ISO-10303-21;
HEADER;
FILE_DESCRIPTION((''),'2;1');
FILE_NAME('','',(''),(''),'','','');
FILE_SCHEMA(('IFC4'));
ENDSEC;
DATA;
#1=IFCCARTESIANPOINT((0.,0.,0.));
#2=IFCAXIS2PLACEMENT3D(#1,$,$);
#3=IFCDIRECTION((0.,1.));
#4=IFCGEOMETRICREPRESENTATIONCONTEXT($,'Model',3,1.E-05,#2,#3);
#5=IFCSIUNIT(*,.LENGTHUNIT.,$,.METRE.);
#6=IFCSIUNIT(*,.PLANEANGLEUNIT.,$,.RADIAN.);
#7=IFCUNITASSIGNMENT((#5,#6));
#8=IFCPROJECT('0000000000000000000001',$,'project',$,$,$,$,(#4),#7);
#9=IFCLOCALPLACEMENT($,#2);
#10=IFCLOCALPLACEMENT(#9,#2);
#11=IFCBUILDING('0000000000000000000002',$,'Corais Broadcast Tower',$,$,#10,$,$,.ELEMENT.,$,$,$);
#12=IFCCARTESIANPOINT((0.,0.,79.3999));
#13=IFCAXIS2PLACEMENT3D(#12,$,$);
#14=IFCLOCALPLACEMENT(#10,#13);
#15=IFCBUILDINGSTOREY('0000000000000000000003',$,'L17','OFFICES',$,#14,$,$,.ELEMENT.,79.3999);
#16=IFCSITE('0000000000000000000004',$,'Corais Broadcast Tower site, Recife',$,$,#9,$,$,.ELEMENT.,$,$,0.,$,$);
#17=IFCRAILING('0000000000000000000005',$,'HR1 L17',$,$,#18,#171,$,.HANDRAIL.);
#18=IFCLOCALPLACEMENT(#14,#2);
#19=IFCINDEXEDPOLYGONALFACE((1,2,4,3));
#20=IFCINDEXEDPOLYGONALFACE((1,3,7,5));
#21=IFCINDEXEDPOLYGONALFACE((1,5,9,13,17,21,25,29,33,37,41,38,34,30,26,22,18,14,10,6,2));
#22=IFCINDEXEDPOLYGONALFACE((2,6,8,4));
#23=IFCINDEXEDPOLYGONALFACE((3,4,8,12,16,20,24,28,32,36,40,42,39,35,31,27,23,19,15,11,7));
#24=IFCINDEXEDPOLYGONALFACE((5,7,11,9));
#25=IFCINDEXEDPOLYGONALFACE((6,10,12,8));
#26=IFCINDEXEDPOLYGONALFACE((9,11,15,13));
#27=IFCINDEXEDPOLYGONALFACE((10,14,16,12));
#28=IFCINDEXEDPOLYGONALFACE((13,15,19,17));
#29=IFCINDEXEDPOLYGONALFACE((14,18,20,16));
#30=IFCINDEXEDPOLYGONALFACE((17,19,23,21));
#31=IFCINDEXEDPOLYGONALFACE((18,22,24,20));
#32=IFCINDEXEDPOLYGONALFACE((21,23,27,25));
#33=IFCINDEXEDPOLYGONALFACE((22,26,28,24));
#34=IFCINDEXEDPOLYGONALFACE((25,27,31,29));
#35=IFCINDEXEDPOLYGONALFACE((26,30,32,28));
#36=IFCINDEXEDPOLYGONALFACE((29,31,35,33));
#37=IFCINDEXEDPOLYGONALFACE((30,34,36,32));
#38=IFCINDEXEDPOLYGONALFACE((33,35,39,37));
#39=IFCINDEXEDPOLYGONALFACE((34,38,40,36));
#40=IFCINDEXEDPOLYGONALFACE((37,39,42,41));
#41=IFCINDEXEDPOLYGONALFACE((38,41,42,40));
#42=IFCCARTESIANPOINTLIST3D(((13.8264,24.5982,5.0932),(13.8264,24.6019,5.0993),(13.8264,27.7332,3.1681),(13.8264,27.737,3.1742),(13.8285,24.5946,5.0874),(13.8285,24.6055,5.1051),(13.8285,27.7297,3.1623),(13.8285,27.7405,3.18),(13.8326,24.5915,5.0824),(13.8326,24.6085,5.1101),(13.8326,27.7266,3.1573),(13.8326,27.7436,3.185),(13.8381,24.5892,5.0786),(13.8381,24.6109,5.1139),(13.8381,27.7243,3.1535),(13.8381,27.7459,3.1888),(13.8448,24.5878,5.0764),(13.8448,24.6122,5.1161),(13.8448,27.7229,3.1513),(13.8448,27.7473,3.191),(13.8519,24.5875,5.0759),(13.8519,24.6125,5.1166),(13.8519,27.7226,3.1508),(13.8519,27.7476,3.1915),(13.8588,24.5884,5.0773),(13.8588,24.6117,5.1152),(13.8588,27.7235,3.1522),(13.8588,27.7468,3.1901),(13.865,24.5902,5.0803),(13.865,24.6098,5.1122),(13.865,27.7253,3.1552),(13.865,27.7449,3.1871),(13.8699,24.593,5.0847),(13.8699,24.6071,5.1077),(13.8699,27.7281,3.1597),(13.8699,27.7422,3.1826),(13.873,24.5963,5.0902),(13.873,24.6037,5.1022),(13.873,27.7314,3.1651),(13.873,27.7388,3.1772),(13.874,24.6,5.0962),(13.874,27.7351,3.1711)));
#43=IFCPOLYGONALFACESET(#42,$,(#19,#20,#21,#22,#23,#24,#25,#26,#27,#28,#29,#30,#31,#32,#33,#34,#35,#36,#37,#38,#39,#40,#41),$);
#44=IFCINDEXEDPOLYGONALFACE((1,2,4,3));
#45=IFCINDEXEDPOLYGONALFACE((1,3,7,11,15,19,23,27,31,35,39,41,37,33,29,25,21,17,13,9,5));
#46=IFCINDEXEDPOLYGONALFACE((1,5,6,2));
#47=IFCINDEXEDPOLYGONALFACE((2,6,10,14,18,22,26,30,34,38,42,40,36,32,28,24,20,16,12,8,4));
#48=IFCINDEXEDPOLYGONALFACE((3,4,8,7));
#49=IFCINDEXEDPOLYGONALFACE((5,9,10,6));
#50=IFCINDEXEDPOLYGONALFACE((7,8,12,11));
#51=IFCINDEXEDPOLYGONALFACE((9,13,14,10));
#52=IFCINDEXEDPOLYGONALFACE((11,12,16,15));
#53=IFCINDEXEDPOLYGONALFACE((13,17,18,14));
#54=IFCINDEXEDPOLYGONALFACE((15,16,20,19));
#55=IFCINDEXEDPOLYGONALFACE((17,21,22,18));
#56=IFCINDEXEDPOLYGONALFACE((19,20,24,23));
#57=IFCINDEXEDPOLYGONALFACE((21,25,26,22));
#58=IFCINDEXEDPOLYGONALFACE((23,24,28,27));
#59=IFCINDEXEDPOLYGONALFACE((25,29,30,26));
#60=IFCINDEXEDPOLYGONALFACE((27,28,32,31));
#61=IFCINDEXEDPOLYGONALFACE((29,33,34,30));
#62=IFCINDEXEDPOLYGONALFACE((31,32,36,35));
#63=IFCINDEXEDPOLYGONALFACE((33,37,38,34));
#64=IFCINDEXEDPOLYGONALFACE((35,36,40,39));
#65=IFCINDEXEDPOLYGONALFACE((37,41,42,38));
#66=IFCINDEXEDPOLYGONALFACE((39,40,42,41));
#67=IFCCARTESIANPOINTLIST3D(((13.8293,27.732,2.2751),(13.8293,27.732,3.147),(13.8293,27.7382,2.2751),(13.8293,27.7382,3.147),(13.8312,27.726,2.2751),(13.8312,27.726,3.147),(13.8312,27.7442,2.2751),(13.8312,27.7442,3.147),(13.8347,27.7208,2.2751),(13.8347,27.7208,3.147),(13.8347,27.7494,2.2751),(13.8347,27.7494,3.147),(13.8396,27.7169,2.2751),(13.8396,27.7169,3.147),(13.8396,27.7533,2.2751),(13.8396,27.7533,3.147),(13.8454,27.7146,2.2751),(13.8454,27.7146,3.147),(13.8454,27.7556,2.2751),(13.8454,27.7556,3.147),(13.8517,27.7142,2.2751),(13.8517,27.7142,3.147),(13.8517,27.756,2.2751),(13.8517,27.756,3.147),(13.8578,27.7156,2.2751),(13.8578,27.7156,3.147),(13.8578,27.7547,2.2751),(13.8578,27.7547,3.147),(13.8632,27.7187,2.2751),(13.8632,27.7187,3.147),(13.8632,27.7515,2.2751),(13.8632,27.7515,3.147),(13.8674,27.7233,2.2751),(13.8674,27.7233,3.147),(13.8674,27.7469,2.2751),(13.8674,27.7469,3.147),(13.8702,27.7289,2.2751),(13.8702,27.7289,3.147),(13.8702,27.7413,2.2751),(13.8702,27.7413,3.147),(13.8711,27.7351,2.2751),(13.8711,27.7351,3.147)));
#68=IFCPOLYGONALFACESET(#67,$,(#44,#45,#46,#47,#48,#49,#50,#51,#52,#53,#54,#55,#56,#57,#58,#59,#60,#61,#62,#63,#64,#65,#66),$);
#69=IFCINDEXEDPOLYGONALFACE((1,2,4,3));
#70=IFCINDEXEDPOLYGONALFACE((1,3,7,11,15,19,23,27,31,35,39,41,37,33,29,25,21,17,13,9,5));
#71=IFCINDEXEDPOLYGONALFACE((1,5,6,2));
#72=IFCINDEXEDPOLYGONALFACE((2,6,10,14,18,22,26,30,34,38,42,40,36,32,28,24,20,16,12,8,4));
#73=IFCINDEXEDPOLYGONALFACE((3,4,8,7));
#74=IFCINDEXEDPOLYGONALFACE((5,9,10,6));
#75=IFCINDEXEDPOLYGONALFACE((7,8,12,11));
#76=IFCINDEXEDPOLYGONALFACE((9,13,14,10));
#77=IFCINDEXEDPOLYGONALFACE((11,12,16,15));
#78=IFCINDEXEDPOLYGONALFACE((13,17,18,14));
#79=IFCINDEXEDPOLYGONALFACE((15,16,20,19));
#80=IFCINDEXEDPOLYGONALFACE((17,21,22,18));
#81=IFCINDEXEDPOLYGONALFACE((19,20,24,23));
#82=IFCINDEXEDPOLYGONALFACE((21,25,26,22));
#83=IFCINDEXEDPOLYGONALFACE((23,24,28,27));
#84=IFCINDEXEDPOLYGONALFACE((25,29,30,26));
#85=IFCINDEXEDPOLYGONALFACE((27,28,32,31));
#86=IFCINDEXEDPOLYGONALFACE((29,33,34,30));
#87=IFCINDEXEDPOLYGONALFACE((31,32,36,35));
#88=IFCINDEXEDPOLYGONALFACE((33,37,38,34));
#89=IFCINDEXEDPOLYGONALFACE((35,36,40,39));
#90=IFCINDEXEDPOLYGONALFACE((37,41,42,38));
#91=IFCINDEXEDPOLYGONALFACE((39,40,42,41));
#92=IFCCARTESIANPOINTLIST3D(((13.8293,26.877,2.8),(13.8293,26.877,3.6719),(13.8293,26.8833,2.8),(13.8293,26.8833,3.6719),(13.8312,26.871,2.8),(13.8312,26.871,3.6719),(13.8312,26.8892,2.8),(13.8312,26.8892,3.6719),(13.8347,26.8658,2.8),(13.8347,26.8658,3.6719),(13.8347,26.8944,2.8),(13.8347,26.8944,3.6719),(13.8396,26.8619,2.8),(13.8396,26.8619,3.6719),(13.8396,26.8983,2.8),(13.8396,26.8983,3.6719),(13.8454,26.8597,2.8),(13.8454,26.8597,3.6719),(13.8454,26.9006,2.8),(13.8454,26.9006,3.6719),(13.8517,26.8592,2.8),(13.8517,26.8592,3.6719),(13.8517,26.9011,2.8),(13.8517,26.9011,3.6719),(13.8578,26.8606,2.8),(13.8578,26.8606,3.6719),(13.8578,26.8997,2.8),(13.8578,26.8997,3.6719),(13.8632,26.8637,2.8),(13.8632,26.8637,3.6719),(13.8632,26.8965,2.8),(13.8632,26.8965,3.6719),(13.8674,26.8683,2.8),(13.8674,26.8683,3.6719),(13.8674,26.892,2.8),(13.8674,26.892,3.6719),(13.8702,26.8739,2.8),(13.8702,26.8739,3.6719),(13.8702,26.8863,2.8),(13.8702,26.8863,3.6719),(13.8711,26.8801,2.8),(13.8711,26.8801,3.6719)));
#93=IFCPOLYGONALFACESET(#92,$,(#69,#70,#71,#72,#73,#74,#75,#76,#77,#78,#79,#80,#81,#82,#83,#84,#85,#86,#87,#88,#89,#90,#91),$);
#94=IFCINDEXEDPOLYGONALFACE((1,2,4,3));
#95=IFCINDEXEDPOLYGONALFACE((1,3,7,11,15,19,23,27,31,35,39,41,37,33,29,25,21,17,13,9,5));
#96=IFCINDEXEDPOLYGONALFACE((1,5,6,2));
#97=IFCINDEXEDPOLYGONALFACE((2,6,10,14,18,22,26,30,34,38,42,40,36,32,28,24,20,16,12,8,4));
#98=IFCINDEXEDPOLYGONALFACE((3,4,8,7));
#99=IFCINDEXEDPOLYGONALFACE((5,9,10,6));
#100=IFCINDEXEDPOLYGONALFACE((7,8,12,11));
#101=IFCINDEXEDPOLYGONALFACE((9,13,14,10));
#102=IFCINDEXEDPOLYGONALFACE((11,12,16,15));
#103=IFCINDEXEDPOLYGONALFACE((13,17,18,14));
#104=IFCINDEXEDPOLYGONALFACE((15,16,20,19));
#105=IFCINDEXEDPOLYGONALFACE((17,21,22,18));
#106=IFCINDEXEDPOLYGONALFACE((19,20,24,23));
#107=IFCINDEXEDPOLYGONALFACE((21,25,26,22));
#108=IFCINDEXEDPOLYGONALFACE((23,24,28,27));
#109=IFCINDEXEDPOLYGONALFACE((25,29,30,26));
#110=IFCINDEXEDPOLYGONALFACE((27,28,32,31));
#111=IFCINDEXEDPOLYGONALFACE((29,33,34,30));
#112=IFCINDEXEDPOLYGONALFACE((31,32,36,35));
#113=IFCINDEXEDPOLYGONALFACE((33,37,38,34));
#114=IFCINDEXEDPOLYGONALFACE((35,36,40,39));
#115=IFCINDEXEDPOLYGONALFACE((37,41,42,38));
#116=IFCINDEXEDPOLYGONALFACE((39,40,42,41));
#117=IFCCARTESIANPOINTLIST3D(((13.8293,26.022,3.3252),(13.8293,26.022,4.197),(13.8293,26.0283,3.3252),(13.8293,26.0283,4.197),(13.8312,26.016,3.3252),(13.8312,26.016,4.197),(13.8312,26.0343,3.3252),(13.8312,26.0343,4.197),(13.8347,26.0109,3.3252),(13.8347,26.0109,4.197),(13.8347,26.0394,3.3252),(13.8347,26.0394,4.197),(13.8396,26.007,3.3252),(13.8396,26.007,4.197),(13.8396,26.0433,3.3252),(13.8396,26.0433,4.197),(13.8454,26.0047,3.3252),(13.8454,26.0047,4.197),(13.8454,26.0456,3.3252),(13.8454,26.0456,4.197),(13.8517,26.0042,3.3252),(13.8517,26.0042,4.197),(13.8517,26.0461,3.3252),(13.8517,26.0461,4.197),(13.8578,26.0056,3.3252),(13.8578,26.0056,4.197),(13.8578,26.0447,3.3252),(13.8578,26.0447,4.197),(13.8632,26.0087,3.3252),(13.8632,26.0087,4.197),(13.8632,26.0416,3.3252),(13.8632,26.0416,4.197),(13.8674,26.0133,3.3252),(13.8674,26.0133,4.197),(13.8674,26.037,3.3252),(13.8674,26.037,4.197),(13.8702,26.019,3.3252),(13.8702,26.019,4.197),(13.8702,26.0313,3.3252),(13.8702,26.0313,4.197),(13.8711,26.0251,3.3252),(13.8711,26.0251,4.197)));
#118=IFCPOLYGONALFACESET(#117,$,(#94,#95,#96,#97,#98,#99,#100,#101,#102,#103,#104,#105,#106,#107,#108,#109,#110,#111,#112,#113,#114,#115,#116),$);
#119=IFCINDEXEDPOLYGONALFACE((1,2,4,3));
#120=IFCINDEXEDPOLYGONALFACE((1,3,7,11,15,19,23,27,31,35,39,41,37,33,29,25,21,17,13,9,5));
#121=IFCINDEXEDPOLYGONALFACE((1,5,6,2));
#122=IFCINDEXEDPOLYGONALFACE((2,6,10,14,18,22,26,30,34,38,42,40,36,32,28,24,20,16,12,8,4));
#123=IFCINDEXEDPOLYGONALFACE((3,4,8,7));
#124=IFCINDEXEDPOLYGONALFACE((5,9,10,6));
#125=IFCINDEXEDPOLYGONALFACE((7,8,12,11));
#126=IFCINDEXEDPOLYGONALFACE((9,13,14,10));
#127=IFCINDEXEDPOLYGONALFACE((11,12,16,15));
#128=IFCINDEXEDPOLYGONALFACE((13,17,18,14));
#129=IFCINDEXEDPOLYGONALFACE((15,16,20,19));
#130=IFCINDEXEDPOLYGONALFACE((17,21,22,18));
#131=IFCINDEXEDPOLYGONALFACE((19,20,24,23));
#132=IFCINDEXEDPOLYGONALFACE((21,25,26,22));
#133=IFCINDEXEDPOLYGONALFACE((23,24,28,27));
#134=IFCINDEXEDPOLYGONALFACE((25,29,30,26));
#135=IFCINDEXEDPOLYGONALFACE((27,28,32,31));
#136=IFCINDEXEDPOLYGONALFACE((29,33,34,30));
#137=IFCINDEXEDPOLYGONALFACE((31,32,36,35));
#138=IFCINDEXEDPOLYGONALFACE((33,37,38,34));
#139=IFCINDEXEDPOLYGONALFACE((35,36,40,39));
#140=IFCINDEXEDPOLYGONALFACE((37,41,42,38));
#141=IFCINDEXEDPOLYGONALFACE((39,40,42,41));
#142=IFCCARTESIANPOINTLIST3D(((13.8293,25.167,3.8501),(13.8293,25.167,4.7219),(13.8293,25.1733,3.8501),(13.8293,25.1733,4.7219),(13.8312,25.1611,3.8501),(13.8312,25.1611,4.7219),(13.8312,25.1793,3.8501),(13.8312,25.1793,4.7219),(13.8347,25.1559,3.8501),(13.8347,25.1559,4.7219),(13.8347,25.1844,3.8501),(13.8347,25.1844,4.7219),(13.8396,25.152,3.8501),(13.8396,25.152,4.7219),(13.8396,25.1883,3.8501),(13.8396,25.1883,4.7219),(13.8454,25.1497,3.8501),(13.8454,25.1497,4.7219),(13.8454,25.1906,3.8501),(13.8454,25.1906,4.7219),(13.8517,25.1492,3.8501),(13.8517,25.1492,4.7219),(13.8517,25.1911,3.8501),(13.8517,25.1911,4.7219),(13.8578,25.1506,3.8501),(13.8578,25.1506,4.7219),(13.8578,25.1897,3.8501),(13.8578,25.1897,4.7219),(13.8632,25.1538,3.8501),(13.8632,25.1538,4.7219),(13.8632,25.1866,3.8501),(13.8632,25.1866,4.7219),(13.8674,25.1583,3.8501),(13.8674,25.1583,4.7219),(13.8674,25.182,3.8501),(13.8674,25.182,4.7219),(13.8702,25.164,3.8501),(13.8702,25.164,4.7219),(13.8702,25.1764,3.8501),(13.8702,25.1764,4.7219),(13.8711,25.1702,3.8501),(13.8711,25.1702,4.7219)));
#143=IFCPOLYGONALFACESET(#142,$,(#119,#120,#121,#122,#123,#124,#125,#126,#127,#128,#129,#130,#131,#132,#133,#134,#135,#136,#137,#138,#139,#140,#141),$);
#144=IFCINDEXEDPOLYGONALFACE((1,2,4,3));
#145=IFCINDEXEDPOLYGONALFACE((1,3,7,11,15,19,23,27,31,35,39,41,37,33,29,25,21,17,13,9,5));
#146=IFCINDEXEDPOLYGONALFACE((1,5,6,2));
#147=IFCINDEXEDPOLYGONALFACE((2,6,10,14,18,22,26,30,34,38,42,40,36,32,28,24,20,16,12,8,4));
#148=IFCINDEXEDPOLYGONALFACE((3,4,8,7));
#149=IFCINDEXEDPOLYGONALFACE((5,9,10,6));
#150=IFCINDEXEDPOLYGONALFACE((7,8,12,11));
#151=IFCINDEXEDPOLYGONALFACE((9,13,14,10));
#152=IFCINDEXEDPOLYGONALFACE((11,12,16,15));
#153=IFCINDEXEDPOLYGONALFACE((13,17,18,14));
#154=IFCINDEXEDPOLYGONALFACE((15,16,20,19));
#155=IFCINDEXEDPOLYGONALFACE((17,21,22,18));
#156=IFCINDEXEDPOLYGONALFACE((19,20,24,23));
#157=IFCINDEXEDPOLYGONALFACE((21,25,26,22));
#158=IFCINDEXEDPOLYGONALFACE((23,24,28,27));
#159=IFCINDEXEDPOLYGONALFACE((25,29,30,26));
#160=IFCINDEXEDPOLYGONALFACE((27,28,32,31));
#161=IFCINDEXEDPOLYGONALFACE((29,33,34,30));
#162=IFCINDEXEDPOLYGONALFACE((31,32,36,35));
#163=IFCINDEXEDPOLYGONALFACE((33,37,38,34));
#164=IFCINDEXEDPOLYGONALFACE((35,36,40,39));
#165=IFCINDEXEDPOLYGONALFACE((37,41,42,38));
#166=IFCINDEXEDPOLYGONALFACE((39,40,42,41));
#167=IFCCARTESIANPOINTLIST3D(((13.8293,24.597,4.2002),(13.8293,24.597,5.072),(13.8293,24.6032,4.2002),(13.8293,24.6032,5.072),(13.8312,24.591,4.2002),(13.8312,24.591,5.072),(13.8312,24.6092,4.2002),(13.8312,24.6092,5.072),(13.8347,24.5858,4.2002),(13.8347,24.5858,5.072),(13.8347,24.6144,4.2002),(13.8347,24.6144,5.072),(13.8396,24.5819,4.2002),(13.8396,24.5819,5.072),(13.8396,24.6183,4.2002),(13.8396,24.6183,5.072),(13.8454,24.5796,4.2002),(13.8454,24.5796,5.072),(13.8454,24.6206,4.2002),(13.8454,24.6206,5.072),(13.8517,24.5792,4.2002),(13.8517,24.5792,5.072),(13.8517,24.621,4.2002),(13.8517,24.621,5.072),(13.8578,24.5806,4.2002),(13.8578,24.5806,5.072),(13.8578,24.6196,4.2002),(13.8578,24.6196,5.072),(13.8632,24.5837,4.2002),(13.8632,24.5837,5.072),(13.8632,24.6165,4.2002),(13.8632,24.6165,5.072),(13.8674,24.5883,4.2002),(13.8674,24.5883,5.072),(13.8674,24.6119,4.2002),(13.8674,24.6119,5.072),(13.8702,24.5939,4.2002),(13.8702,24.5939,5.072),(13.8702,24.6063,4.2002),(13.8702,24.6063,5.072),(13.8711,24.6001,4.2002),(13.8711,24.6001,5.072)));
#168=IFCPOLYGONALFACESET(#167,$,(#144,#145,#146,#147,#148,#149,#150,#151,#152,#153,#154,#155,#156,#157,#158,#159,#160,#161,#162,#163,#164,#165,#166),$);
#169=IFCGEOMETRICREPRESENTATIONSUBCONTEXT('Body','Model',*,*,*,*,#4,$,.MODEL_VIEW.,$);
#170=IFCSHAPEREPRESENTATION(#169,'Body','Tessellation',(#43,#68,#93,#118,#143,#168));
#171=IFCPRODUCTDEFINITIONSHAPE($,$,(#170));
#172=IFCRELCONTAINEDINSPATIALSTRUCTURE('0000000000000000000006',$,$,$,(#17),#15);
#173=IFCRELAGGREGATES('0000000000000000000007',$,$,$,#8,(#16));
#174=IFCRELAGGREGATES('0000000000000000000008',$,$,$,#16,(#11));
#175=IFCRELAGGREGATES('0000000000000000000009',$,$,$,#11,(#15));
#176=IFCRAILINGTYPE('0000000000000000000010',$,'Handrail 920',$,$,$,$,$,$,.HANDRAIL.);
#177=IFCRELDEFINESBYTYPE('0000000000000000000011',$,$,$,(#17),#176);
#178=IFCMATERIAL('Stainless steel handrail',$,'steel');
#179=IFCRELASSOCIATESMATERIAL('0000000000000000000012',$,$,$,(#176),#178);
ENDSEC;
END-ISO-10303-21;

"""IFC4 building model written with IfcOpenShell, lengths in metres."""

from ifc_helpers import new_model, si_unit, direction, frame, origin, origin_2d, place, context, subcontext, project, spatial, circle, extrude, material, type_object, element, save


model = new_model("IFC4")

# Units and contexts
model_context = context("Model", 3, precision=1e-05, world=origin(), true_north=direction((0.0, 1.0)))
body_context = subcontext(model_context, "Body", "Model", "MODEL_VIEW")
ifc_project = project(units=[si_unit("LENGTHUNIT", "METRE"), si_unit("PLANEANGLEUNIT", "RADIAN")], contexts=[model_context])

# Site, building, storey
site_placement = place(None, origin())
site = spatial("IfcSite", under=ifc_project, at=site_placement, Name="Corais Broadcast Tower site, Recife", CompositionType="ELEMENT", RefElevation=0.0)
building_placement = place(site_placement, origin())
building = spatial("IfcBuilding", under=site, at=building_placement, Name="Corais Broadcast Tower", CompositionType="ELEMENT")
storey_placement = place(building_placement, frame((0.0, 0.0, 79.3999)))
storey = spatial("IfcBuildingStorey", under=building, at=storey_placement, Name="L17", Description="OFFICES", CompositionType="ELEMENT", Elevation=79.3999)

# Railing
ifc_material_1 = material(Name="Stainless steel handrail", Category="steel")
railing_type = type_object("IfcRailingType", Name="Handrail 920", PredefinedType="HANDRAIL", material=ifc_material_1)
railing_placement = place(storey_placement, frame((13.8501, 27.7351, 2.2751)))
element("IfcRailing", 1, at=railing_placement, inside=storey, type_object=railing_type, Name="HR1 L17", PredefinedType="HANDRAIL", context=body_context, shape_type="SweptSolid", body=[
    extrude(circle(Radius=0.0239, at=origin_2d()), frame((0.0, 0.0, 0.896), z_axis=(0.0, -0.852166, 0.523271), x_axis=(1.0, 0.0, 0.0)), (0.0, 0.0, 1.0), 3.679),
    extrude(circle(Radius=0.021, at=origin_2d()), origin(), (0.0, 0.0, 1.0), 0.8718),
    extrude(circle(Radius=0.021, at=origin_2d()), frame((0.0, -0.855, 0.5249)), (0.0, 0.0, 1.0), 0.8718),
    extrude(circle(Radius=0.021, at=origin_2d()), frame((0.0, -1.71, 1.05)), (0.0, 0.0, 1.0), 0.8718),
    extrude(circle(Radius=0.021, at=origin_2d()), frame((0.0, -2.5649, 1.575)), (0.0, 0.0, 1.0), 0.8718),
    extrude(circle(Radius=0.021, at=origin_2d()), frame((0.0, -3.135, 1.925)), (0.0, 0.0, 1.0), 0.8718),
])

save(model, "model.ifc")
